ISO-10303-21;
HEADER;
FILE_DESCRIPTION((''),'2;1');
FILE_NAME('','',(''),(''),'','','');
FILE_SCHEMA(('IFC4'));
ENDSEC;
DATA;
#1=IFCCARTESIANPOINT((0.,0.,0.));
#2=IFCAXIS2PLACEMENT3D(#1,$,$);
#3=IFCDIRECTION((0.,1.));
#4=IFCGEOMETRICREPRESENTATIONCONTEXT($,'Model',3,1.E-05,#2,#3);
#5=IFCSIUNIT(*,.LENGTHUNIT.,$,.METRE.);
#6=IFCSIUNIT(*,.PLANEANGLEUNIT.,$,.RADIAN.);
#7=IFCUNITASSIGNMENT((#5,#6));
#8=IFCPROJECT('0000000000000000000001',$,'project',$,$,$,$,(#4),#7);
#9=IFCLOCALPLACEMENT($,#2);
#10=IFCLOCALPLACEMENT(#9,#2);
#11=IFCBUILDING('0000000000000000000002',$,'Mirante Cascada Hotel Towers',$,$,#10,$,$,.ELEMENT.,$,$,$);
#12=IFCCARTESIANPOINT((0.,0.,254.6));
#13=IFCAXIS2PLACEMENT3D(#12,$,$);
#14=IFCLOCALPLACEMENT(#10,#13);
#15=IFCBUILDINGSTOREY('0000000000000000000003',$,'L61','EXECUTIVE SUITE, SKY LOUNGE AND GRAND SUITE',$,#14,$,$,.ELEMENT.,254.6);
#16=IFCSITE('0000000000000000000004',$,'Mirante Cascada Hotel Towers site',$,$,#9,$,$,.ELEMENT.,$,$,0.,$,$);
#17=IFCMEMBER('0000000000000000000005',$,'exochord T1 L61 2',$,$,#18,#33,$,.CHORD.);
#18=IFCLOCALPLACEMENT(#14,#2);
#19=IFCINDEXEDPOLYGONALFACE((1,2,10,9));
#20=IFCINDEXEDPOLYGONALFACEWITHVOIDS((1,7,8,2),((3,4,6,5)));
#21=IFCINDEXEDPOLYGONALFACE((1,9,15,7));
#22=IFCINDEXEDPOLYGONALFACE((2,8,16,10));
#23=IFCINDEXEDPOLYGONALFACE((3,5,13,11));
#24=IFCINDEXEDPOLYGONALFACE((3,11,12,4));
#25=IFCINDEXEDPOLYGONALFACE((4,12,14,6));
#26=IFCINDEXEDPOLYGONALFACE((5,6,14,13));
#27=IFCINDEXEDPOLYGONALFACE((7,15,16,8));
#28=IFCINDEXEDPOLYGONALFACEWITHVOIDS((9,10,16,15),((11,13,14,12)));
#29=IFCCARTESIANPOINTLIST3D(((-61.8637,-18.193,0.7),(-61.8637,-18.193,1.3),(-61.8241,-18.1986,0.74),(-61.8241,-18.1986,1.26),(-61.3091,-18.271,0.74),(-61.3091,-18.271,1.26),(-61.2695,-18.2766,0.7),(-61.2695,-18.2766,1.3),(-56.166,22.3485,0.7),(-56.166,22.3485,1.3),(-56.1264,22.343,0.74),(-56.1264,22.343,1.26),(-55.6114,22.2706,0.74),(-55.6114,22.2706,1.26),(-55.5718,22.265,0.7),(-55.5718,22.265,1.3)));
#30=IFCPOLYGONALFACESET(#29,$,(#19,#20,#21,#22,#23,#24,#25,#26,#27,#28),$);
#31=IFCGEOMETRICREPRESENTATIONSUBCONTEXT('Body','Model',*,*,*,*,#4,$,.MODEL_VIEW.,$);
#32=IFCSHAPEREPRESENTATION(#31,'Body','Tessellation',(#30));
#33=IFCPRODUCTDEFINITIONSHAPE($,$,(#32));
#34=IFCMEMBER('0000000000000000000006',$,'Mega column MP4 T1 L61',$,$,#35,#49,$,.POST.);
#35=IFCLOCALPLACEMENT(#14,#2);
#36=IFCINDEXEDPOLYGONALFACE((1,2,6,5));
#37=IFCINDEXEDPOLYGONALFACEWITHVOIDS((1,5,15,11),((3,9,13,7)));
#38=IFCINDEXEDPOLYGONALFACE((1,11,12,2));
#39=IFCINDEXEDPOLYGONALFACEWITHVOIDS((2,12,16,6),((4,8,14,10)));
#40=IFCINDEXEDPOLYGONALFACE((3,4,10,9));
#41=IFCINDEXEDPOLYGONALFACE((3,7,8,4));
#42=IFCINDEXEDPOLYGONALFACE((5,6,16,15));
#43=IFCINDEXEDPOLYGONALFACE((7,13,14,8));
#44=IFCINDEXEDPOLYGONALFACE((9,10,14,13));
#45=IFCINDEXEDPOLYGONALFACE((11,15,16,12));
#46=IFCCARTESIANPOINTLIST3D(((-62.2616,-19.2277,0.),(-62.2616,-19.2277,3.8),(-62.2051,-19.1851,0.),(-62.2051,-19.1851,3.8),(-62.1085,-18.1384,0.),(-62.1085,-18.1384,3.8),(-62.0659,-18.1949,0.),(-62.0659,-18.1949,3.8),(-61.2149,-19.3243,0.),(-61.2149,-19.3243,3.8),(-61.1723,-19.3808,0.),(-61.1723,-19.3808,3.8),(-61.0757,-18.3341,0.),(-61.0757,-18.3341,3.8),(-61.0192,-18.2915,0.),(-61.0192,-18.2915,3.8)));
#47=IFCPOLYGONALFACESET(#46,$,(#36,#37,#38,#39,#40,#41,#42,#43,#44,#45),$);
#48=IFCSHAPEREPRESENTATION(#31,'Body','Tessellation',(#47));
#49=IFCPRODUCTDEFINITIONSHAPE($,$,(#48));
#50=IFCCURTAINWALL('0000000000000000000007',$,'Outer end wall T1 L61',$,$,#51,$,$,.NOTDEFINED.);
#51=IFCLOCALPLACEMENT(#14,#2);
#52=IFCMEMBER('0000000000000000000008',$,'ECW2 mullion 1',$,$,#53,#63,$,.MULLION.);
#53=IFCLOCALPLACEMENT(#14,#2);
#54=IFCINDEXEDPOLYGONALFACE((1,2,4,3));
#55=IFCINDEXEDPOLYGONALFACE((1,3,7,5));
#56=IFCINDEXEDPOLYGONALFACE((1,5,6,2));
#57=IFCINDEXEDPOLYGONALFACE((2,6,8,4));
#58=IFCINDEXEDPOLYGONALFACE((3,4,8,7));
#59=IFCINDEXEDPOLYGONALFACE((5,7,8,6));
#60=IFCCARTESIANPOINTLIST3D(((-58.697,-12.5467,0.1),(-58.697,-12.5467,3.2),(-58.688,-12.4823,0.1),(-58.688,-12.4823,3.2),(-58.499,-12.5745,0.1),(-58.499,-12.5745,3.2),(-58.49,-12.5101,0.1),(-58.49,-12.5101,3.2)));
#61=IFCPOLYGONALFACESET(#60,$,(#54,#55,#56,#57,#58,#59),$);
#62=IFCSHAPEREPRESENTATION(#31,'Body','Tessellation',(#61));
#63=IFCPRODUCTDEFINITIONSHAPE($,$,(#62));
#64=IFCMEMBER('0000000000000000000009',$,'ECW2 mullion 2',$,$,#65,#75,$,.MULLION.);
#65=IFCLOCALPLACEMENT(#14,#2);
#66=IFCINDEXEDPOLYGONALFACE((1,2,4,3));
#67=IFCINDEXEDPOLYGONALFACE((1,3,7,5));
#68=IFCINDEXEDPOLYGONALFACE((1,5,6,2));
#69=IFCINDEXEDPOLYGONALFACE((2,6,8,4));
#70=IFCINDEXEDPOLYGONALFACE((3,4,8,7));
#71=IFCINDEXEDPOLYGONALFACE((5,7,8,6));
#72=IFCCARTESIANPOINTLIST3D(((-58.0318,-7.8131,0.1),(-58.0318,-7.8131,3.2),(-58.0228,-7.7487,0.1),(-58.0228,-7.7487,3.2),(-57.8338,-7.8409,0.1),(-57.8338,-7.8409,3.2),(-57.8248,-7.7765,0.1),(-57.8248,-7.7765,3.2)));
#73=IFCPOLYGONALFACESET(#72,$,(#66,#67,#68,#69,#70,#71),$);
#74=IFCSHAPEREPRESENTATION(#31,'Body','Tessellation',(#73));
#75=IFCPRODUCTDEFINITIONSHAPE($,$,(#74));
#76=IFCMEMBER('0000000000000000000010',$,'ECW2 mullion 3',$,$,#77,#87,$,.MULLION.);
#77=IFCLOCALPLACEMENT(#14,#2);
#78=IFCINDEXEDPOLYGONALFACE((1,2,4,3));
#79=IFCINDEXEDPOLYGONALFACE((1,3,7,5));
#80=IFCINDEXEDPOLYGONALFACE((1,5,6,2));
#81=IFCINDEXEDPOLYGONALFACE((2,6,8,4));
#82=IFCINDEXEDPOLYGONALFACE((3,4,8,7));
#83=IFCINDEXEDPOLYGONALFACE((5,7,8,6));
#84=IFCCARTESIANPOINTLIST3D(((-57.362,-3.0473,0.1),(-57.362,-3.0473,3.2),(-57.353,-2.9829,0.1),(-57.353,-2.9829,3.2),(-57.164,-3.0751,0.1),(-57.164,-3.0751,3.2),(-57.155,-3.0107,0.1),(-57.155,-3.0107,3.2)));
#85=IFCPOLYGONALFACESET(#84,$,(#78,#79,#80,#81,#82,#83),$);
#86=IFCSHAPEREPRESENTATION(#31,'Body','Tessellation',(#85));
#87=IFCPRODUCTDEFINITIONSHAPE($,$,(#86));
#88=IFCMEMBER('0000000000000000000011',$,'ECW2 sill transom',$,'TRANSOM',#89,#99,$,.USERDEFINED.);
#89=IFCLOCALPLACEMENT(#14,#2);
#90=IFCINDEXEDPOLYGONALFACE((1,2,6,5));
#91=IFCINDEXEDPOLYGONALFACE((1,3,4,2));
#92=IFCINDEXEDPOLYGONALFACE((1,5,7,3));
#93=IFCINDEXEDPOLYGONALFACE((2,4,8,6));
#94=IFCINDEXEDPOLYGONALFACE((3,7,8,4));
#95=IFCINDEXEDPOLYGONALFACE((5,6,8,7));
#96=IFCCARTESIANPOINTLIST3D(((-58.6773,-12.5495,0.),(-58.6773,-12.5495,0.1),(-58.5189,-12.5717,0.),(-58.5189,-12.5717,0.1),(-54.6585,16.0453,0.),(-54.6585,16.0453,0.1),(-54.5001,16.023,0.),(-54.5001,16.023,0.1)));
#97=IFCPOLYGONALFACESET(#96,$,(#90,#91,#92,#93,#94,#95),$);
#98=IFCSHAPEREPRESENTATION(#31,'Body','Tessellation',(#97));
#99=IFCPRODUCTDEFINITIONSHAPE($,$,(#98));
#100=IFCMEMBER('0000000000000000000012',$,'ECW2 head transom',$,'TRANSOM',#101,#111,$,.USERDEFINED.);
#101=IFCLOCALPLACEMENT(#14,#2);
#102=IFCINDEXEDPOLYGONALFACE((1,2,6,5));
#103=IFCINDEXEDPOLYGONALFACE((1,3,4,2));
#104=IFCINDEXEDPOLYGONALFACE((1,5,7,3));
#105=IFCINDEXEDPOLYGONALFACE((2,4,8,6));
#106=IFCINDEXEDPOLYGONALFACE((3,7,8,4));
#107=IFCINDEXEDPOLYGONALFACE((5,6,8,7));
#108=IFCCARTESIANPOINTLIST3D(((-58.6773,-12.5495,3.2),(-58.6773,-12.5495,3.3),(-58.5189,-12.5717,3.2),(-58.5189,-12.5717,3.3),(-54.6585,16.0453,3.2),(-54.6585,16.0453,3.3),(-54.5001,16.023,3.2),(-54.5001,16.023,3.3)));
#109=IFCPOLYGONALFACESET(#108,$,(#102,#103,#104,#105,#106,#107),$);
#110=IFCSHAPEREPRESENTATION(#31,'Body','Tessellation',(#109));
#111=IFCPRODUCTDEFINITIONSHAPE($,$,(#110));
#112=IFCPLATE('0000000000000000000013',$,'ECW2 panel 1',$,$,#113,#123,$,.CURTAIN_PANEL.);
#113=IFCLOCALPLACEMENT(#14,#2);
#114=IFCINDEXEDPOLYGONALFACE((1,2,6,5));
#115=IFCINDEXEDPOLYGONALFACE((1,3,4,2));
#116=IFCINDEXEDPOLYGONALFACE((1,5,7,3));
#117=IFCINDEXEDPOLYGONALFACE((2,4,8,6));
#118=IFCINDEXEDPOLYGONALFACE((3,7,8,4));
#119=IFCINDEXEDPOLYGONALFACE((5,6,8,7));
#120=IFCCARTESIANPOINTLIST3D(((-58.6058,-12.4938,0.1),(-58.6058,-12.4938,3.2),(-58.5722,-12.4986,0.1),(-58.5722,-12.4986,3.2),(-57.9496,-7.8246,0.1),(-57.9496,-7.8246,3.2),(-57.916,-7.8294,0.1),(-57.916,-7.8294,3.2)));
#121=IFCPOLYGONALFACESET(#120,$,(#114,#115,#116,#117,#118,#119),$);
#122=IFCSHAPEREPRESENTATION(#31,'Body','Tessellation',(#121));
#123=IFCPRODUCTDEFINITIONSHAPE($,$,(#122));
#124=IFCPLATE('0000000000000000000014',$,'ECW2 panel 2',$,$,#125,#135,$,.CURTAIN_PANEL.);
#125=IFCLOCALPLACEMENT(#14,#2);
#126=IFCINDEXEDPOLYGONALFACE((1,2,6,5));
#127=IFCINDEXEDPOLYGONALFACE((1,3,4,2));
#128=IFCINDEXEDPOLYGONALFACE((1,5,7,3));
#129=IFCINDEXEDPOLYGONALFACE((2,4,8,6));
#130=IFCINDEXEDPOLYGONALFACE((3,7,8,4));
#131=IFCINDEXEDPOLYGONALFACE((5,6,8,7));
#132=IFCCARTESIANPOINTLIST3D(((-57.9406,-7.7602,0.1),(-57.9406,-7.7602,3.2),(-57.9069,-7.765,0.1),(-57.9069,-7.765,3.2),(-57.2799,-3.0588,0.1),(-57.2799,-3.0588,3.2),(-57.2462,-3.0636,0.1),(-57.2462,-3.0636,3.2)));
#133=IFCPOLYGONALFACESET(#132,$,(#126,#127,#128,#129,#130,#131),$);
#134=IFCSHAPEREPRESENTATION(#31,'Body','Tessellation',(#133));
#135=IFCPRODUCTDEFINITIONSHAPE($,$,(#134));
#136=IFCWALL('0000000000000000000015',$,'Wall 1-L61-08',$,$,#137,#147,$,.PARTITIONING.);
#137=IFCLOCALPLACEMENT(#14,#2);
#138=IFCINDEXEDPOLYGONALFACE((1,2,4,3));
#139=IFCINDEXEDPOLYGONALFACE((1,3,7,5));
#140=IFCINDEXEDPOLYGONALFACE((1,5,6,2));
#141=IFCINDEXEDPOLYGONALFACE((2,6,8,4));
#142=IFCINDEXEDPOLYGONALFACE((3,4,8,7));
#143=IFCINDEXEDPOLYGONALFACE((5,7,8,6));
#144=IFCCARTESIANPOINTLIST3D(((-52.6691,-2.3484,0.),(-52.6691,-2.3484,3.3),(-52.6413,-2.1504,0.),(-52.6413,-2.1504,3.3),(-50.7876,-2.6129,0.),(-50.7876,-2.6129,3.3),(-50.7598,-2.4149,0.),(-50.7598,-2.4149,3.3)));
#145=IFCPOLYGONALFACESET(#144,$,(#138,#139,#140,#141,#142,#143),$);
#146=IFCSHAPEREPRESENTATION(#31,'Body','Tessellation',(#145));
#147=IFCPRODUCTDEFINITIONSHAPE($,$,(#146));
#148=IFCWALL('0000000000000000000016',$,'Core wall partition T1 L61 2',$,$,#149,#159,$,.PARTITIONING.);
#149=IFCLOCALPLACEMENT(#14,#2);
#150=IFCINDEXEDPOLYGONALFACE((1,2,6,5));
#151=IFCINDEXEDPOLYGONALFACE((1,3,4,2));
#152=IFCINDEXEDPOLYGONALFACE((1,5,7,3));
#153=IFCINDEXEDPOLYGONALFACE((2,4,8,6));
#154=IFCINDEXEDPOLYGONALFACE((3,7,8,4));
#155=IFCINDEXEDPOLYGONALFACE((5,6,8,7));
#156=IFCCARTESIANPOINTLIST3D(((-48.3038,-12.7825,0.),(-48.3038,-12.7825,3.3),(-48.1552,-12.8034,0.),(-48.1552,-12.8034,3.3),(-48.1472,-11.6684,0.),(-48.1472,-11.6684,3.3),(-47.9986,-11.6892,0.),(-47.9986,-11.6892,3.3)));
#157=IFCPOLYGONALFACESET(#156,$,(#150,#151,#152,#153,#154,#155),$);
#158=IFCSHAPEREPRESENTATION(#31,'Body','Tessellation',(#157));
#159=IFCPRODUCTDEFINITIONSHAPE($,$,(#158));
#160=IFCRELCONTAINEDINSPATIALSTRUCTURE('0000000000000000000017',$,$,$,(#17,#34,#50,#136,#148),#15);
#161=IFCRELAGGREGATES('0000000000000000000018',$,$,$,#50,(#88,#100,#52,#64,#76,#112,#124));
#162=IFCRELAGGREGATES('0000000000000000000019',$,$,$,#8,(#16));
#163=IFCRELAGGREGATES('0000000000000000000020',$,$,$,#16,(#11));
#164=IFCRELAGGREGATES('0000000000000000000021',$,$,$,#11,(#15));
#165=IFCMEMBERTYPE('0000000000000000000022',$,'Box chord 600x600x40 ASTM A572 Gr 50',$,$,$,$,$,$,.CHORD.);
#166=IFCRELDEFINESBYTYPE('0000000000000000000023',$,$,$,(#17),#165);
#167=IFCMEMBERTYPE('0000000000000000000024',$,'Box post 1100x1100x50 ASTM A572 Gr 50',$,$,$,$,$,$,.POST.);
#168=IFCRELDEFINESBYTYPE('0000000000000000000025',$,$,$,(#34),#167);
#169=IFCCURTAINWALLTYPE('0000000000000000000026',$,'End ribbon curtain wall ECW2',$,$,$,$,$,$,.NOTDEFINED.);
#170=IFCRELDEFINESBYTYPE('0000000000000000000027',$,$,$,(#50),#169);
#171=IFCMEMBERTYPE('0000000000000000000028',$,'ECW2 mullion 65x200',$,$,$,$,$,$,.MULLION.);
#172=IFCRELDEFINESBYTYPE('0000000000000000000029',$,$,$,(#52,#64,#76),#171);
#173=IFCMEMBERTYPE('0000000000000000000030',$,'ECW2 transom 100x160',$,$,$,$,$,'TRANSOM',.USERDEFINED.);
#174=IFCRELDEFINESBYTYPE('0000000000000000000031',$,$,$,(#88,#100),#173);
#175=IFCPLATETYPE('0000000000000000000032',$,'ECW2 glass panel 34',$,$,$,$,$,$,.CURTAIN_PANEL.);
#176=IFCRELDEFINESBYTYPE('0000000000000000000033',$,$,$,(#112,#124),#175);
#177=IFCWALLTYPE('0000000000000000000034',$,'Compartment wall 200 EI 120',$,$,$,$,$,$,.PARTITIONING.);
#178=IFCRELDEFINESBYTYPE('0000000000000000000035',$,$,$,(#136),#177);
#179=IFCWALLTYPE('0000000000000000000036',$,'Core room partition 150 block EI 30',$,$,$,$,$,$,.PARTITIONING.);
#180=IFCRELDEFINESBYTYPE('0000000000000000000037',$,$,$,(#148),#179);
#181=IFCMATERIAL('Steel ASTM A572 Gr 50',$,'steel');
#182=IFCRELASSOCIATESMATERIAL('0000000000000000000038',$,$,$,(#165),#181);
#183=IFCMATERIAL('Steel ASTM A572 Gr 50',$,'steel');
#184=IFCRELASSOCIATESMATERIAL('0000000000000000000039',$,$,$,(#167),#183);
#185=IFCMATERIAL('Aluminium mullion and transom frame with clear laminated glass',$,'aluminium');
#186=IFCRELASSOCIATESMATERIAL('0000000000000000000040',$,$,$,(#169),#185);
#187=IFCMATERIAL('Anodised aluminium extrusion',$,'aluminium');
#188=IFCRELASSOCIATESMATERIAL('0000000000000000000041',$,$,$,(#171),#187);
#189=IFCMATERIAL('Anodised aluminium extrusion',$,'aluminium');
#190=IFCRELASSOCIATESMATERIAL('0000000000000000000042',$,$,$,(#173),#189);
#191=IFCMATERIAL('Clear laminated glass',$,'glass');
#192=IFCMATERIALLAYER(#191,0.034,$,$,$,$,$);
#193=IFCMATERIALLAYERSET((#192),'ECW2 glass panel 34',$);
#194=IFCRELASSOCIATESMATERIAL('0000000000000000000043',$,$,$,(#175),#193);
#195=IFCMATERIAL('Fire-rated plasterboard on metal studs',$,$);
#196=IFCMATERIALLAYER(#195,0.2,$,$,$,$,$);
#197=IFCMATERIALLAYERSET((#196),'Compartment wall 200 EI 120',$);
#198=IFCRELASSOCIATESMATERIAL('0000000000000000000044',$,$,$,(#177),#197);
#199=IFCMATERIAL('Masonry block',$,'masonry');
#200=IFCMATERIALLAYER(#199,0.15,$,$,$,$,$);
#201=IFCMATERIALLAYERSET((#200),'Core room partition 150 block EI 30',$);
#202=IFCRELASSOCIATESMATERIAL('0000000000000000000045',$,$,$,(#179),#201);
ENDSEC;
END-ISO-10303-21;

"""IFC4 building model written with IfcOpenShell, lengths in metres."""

from ifc_helpers import new_model, si_unit, direction, frame, frame_2d, origin, origin_2d, place, context, subcontext, project, spatial, rectangle, hollow_rectangle, extrude, material, layer, layer_set, material_profile, profile_set, type_object, element, aggregate, save


model = new_model("IFC4")

# Units and contexts
model_context = context("Model", 3, precision=1e-05, world=origin(), true_north=direction((0.0, 1.0)))
body_context = subcontext(model_context, "Body", "Model", "MODEL_VIEW")
ifc_project = project(units=[si_unit("LENGTHUNIT", "METRE"), si_unit("PLANEANGLEUNIT", "RADIAN")], contexts=[model_context])

# Site, building, storey
site_placement = place(None, origin())
site = spatial("IfcSite", under=ifc_project, at=site_placement, Name="Mirante Cascada Hotel Towers site", CompositionType="ELEMENT", RefElevation=0.0)
building_placement = place(site_placement, origin())
building = spatial("IfcBuilding", under=site, at=building_placement, Name="Mirante Cascada Hotel Towers", CompositionType="ELEMENT")
storey_placement = place(building_placement, frame((0.0, 0.0, 254.6)))
storey = spatial("IfcBuildingStorey", under=building, at=storey_placement, Name="L61", Description="EXECUTIVE SUITE, SKY LOUNGE AND GRAND SUITE", CompositionType="ELEMENT", Elevation=254.6)

# Members
ifc_material_1 = material(Name="Steel ASTM A572 Gr 50", Category="steel")
ifc_material_profile_1 = material_profile(ifc_material_1, hollow_rectangle(XDim=0.6, YDim=0.6, WallThickness=0.04, at=origin_2d()), Name="Box chord 600x600x40 ASTM A572 Gr 50")
ifc_profile_set_1 = profile_set([ifc_material_profile_1], Name="Steel ASTM A572 Gr 50")
member_type_1 = type_object("IfcMemberType", Name="Box chord 600x600x40 ASTM A572 Gr 50", PredefinedType="CHORD", material=ifc_profile_set_1)
member_1_placement = place(storey_placement, frame((-61.5666, -18.2348, 1.0), z_axis=(0.139172, 0.990268, 0.0), x_axis=(-0.990268, 0.139172, 0.0)))
element("IfcMember", 1, at=member_1_placement, inside=storey, type_object=member_type_1, Name="exochord T1 L61 2", PredefinedType="CHORD", context=body_context, shape_type="SweptSolid", body=[
    extrude(hollow_rectangle(XDim=0.6, YDim=0.6, WallThickness=0.04, at=origin_2d()), origin(), (0.0, 0.0, 1.0), 40.94),
])
ifc_material_2 = material(Name="Steel ASTM A572 Gr 50", Category="steel")
ifc_material_profile_2 = material_profile(ifc_material_2, hollow_rectangle(XDim=1.1, YDim=1.1, WallThickness=0.05, at=origin_2d()), Name="Box post 1100x1100x50 ASTM A572 Gr 50")
ifc_profile_set_2 = profile_set([ifc_material_profile_2], Name="Steel ASTM A572 Gr 50")
member_type_2 = type_object("IfcMemberType", Name="Box post 1100x1100x50 ASTM A572 Gr 50", PredefinedType="POST", material=ifc_profile_set_2)
member_2_placement = place(storey_placement, frame((-61.6404, -18.7596, 0.0), z_axis=(0.0, 0.0, 1.0), x_axis=(-0.990268, 0.139173, 0.0)))
element("IfcMember", 2, at=member_2_placement, inside=storey, type_object=member_type_2, Name="Mega column MP4 T1 L61", PredefinedType="POST", context=body_context, shape_type="SweptSolid", body=[
    extrude(hollow_rectangle(XDim=1.1, YDim=1.1, WallThickness=0.05, at=origin_2d()), origin(), (0.0, 0.0, 1.0), 3.8),
])

# Curtain wall, members, plates
ifc_material_3 = material(Name="Aluminium mullion and transom frame with clear laminated glass", Category="aluminium")
curtain_wall_type = type_object("IfcCurtainWallType", Name="End ribbon curtain wall ECW2", PredefinedType="NOTDEFINED", material=ifc_material_3)
curtain_wall_placement = place(storey_placement, origin())
curtain_wall = element("IfcCurtainWall", 3, at=curtain_wall_placement, inside=storey, type_object=curtain_wall_type, Name="Outer end wall T1 L61", PredefinedType="NOTDEFINED")
ifc_material_4 = material(Name="Anodised aluminium extrusion", Category="aluminium")
ifc_material_profile_3 = material_profile(ifc_material_4, rectangle(XDim=0.2, YDim=0.065, at=origin_2d()), Name="ECW2 MULLION 65x200")
ifc_profile_set_3 = profile_set([ifc_material_profile_3], Name="Anodised aluminium extrusion")
member_type_3 = type_object("IfcMemberType", Name="ECW2 mullion 65x200", PredefinedType="MULLION", material=ifc_profile_set_3)
member_3_placement = place(storey_placement, frame((-58.5935, -12.5284, 0.1), z_axis=(0.0, 0.0, 1.0), x_axis=(-0.990268, 0.139173, 0.0)))
member_3 = element("IfcMember", 4, at=member_3_placement, type_object=member_type_3, Name="ECW2 mullion 1", PredefinedType="MULLION", context=body_context, shape_type="SweptSolid", body=[
    extrude(rectangle(XDim=0.2, YDim=0.065, at=origin_2d()), origin(), (0.0, 0.0, 1.0), 3.1),
])
member_4_placement = place(storey_placement, frame((-57.9283, -7.7948, 0.1), z_axis=(0.0, 0.0, 1.0), x_axis=(-0.990268, 0.139173, 0.0)))
member_4 = element("IfcMember", 5, at=member_4_placement, type_object=member_type_3, Name="ECW2 mullion 2", PredefinedType="MULLION", context=body_context, shape_type="SweptSolid", body=[
    extrude(rectangle(XDim=0.2, YDim=0.065, at=origin_2d()), origin(), (0.0, 0.0, 1.0), 3.1),
])
member_5_placement = place(storey_placement, frame((-57.2585, -3.029, 0.1), z_axis=(0.0, 0.0, 1.0), x_axis=(-0.990268, 0.139173, 0.0)))
member_5 = element("IfcMember", 6, at=member_5_placement, type_object=member_type_3, Name="ECW2 mullion 3", PredefinedType="MULLION", context=body_context, shape_type="SweptSolid", body=[
    extrude(rectangle(XDim=0.2, YDim=0.065, at=origin_2d()), origin(), (0.0, 0.0, 1.0), 3.1),
])
ifc_material_5 = material(Name="Anodised aluminium extrusion", Category="aluminium")
ifc_material_profile_4 = material_profile(ifc_material_5, rectangle(XDim=0.16, YDim=0.1, at=origin_2d()), Name="ECW2 TRANSOM 100x160")
ifc_profile_set_4 = profile_set([ifc_material_profile_4], Name="Anodised aluminium extrusion")
member_type_4 = type_object("IfcMemberType", Name="ECW2 transom 100x160", ElementType="TRANSOM", PredefinedType="USERDEFINED", material=ifc_profile_set_4)
member_6_placement = place(storey_placement, frame((-58.5981, -12.5606, 0.05), z_axis=(0.139175, 0.990268, 0.0), x_axis=(-0.990268, 0.139175, 0.0)))
member_6 = element("IfcMember", 7, at=member_6_placement, type_object=member_type_4, Name="ECW2 sill transom", ObjectType="TRANSOM", PredefinedType="USERDEFINED", context=body_context, shape_type="SweptSolid", body=[
    extrude(rectangle(XDim=0.16, YDim=0.1, at=origin_2d()), origin(), (0.0, 0.0, 1.0), 28.8758),
])
member_7_placement = place(storey_placement, frame((-58.5981, -12.5606, 3.25), z_axis=(0.139175, 0.990268, 0.0), x_axis=(-0.990268, 0.139175, 0.0)))
member_7 = element("IfcMember", 8, at=member_7_placement, type_object=member_type_4, Name="ECW2 head transom", ObjectType="TRANSOM", PredefinedType="USERDEFINED", context=body_context, shape_type="SweptSolid", body=[
    extrude(rectangle(XDim=0.16, YDim=0.1, at=origin_2d()), origin(), (0.0, 0.0, 1.0), 28.8758),
])
ifc_material_6 = material(Name="Clear laminated glass", Category="glass")
ifc_layer_1 = layer(ifc_material_6, 0.034)
ifc_layer_set_1 = layer_set([ifc_layer_1], Name="ECW2 glass panel 34")
plate_type = type_object("IfcPlateType", Name="ECW2 glass panel 34", PredefinedType="CURTAIN_PANEL", material=ifc_layer_set_1)
plate_1_placement = place(storey_placement, frame((-58.2609, -10.1616, 0.1), z_axis=(0.0, 0.0, 1.0), x_axis=(0.139173, 0.990268, 0.0)))
plate_1 = element("IfcPlate", 9, at=plate_1_placement, type_object=plate_type, Name="ECW2 panel 1", PredefinedType="CURTAIN_PANEL", context=body_context, shape_type="SweptSolid", body=[
    extrude(rectangle(XDim=4.7151, YDim=0.034, at=origin_2d()), origin(), (0.0, 0.0, 1.0), 3.1),
])
plate_2_placement = place(storey_placement, frame((-57.5934, -5.4119, 0.1), z_axis=(0.0, 0.0, 1.0), x_axis=(0.139173, 0.990268, 0.0)))
plate_2 = element("IfcPlate", 10, at=plate_2_placement, type_object=plate_type, Name="ECW2 panel 2", PredefinedType="CURTAIN_PANEL", context=body_context, shape_type="SweptSolid", body=[
    extrude(rectangle(XDim=4.7476, YDim=0.034, at=origin_2d()), origin(), (0.0, 0.0, 1.0), 3.1),
])
aggregate(curtain_wall, [member_6, member_7, member_3, member_4, member_5, plate_1, plate_2])

# Walls
ifc_material_7 = material(Name="Fire-rated plasterboard on metal studs")
ifc_layer_2 = layer(ifc_material_7, 0.2)
ifc_layer_set_2 = layer_set([ifc_layer_2], Name="Compartment wall 200 EI 120")
wall_type_1 = type_object("IfcWallType", Name="Compartment wall 200 EI 120", PredefinedType="PARTITIONING", material=ifc_layer_set_2)
wall_1_placement = place(storey_placement, frame((-50.7737, -2.5139, 0.0), z_axis=(0.0, 0.0, 1.0), x_axis=(-0.990263, 0.13921, 0.0)))
element("IfcWall", 11, at=wall_1_placement, inside=storey, type_object=wall_type_1, Name="Wall 1-L61-08", PredefinedType="PARTITIONING", context=body_context, shape_type="SweptSolid", body=[
    extrude(rectangle(XDim=1.9, YDim=0.2, at=frame_2d((0.95, 0.0))), origin(), (0.0, 0.0, 1.0), 3.3),
])
ifc_material_8 = material(Name="Masonry block", Category="masonry")
ifc_layer_3 = layer(ifc_material_8, 0.15)
ifc_layer_set_3 = layer_set([ifc_layer_3], Name="Core room partition 150 block EI 30")
wall_type_2 = type_object("IfcWallType", Name="Core room partition 150 block EI 30", PredefinedType="PARTITIONING", material=ifc_layer_set_3)
wall_2_placement = place(storey_placement, frame((-48.2295, -12.793, 0.0), z_axis=(0.0, 0.0, 1.0), x_axis=(0.139193, 0.990265, 0.0)))
element("IfcWall", 12, at=wall_2_placement, inside=storey, type_object=wall_type_2, Name="Core wall partition T1 L61 2", PredefinedType="PARTITIONING", context=body_context, shape_type="SweptSolid", body=[
    extrude(rectangle(XDim=1.1251, YDim=0.15, at=frame_2d((0.5626, 0.0))), origin(), (0.0, 0.0, 1.0), 3.3),
])

save(model, "model.ifc")
